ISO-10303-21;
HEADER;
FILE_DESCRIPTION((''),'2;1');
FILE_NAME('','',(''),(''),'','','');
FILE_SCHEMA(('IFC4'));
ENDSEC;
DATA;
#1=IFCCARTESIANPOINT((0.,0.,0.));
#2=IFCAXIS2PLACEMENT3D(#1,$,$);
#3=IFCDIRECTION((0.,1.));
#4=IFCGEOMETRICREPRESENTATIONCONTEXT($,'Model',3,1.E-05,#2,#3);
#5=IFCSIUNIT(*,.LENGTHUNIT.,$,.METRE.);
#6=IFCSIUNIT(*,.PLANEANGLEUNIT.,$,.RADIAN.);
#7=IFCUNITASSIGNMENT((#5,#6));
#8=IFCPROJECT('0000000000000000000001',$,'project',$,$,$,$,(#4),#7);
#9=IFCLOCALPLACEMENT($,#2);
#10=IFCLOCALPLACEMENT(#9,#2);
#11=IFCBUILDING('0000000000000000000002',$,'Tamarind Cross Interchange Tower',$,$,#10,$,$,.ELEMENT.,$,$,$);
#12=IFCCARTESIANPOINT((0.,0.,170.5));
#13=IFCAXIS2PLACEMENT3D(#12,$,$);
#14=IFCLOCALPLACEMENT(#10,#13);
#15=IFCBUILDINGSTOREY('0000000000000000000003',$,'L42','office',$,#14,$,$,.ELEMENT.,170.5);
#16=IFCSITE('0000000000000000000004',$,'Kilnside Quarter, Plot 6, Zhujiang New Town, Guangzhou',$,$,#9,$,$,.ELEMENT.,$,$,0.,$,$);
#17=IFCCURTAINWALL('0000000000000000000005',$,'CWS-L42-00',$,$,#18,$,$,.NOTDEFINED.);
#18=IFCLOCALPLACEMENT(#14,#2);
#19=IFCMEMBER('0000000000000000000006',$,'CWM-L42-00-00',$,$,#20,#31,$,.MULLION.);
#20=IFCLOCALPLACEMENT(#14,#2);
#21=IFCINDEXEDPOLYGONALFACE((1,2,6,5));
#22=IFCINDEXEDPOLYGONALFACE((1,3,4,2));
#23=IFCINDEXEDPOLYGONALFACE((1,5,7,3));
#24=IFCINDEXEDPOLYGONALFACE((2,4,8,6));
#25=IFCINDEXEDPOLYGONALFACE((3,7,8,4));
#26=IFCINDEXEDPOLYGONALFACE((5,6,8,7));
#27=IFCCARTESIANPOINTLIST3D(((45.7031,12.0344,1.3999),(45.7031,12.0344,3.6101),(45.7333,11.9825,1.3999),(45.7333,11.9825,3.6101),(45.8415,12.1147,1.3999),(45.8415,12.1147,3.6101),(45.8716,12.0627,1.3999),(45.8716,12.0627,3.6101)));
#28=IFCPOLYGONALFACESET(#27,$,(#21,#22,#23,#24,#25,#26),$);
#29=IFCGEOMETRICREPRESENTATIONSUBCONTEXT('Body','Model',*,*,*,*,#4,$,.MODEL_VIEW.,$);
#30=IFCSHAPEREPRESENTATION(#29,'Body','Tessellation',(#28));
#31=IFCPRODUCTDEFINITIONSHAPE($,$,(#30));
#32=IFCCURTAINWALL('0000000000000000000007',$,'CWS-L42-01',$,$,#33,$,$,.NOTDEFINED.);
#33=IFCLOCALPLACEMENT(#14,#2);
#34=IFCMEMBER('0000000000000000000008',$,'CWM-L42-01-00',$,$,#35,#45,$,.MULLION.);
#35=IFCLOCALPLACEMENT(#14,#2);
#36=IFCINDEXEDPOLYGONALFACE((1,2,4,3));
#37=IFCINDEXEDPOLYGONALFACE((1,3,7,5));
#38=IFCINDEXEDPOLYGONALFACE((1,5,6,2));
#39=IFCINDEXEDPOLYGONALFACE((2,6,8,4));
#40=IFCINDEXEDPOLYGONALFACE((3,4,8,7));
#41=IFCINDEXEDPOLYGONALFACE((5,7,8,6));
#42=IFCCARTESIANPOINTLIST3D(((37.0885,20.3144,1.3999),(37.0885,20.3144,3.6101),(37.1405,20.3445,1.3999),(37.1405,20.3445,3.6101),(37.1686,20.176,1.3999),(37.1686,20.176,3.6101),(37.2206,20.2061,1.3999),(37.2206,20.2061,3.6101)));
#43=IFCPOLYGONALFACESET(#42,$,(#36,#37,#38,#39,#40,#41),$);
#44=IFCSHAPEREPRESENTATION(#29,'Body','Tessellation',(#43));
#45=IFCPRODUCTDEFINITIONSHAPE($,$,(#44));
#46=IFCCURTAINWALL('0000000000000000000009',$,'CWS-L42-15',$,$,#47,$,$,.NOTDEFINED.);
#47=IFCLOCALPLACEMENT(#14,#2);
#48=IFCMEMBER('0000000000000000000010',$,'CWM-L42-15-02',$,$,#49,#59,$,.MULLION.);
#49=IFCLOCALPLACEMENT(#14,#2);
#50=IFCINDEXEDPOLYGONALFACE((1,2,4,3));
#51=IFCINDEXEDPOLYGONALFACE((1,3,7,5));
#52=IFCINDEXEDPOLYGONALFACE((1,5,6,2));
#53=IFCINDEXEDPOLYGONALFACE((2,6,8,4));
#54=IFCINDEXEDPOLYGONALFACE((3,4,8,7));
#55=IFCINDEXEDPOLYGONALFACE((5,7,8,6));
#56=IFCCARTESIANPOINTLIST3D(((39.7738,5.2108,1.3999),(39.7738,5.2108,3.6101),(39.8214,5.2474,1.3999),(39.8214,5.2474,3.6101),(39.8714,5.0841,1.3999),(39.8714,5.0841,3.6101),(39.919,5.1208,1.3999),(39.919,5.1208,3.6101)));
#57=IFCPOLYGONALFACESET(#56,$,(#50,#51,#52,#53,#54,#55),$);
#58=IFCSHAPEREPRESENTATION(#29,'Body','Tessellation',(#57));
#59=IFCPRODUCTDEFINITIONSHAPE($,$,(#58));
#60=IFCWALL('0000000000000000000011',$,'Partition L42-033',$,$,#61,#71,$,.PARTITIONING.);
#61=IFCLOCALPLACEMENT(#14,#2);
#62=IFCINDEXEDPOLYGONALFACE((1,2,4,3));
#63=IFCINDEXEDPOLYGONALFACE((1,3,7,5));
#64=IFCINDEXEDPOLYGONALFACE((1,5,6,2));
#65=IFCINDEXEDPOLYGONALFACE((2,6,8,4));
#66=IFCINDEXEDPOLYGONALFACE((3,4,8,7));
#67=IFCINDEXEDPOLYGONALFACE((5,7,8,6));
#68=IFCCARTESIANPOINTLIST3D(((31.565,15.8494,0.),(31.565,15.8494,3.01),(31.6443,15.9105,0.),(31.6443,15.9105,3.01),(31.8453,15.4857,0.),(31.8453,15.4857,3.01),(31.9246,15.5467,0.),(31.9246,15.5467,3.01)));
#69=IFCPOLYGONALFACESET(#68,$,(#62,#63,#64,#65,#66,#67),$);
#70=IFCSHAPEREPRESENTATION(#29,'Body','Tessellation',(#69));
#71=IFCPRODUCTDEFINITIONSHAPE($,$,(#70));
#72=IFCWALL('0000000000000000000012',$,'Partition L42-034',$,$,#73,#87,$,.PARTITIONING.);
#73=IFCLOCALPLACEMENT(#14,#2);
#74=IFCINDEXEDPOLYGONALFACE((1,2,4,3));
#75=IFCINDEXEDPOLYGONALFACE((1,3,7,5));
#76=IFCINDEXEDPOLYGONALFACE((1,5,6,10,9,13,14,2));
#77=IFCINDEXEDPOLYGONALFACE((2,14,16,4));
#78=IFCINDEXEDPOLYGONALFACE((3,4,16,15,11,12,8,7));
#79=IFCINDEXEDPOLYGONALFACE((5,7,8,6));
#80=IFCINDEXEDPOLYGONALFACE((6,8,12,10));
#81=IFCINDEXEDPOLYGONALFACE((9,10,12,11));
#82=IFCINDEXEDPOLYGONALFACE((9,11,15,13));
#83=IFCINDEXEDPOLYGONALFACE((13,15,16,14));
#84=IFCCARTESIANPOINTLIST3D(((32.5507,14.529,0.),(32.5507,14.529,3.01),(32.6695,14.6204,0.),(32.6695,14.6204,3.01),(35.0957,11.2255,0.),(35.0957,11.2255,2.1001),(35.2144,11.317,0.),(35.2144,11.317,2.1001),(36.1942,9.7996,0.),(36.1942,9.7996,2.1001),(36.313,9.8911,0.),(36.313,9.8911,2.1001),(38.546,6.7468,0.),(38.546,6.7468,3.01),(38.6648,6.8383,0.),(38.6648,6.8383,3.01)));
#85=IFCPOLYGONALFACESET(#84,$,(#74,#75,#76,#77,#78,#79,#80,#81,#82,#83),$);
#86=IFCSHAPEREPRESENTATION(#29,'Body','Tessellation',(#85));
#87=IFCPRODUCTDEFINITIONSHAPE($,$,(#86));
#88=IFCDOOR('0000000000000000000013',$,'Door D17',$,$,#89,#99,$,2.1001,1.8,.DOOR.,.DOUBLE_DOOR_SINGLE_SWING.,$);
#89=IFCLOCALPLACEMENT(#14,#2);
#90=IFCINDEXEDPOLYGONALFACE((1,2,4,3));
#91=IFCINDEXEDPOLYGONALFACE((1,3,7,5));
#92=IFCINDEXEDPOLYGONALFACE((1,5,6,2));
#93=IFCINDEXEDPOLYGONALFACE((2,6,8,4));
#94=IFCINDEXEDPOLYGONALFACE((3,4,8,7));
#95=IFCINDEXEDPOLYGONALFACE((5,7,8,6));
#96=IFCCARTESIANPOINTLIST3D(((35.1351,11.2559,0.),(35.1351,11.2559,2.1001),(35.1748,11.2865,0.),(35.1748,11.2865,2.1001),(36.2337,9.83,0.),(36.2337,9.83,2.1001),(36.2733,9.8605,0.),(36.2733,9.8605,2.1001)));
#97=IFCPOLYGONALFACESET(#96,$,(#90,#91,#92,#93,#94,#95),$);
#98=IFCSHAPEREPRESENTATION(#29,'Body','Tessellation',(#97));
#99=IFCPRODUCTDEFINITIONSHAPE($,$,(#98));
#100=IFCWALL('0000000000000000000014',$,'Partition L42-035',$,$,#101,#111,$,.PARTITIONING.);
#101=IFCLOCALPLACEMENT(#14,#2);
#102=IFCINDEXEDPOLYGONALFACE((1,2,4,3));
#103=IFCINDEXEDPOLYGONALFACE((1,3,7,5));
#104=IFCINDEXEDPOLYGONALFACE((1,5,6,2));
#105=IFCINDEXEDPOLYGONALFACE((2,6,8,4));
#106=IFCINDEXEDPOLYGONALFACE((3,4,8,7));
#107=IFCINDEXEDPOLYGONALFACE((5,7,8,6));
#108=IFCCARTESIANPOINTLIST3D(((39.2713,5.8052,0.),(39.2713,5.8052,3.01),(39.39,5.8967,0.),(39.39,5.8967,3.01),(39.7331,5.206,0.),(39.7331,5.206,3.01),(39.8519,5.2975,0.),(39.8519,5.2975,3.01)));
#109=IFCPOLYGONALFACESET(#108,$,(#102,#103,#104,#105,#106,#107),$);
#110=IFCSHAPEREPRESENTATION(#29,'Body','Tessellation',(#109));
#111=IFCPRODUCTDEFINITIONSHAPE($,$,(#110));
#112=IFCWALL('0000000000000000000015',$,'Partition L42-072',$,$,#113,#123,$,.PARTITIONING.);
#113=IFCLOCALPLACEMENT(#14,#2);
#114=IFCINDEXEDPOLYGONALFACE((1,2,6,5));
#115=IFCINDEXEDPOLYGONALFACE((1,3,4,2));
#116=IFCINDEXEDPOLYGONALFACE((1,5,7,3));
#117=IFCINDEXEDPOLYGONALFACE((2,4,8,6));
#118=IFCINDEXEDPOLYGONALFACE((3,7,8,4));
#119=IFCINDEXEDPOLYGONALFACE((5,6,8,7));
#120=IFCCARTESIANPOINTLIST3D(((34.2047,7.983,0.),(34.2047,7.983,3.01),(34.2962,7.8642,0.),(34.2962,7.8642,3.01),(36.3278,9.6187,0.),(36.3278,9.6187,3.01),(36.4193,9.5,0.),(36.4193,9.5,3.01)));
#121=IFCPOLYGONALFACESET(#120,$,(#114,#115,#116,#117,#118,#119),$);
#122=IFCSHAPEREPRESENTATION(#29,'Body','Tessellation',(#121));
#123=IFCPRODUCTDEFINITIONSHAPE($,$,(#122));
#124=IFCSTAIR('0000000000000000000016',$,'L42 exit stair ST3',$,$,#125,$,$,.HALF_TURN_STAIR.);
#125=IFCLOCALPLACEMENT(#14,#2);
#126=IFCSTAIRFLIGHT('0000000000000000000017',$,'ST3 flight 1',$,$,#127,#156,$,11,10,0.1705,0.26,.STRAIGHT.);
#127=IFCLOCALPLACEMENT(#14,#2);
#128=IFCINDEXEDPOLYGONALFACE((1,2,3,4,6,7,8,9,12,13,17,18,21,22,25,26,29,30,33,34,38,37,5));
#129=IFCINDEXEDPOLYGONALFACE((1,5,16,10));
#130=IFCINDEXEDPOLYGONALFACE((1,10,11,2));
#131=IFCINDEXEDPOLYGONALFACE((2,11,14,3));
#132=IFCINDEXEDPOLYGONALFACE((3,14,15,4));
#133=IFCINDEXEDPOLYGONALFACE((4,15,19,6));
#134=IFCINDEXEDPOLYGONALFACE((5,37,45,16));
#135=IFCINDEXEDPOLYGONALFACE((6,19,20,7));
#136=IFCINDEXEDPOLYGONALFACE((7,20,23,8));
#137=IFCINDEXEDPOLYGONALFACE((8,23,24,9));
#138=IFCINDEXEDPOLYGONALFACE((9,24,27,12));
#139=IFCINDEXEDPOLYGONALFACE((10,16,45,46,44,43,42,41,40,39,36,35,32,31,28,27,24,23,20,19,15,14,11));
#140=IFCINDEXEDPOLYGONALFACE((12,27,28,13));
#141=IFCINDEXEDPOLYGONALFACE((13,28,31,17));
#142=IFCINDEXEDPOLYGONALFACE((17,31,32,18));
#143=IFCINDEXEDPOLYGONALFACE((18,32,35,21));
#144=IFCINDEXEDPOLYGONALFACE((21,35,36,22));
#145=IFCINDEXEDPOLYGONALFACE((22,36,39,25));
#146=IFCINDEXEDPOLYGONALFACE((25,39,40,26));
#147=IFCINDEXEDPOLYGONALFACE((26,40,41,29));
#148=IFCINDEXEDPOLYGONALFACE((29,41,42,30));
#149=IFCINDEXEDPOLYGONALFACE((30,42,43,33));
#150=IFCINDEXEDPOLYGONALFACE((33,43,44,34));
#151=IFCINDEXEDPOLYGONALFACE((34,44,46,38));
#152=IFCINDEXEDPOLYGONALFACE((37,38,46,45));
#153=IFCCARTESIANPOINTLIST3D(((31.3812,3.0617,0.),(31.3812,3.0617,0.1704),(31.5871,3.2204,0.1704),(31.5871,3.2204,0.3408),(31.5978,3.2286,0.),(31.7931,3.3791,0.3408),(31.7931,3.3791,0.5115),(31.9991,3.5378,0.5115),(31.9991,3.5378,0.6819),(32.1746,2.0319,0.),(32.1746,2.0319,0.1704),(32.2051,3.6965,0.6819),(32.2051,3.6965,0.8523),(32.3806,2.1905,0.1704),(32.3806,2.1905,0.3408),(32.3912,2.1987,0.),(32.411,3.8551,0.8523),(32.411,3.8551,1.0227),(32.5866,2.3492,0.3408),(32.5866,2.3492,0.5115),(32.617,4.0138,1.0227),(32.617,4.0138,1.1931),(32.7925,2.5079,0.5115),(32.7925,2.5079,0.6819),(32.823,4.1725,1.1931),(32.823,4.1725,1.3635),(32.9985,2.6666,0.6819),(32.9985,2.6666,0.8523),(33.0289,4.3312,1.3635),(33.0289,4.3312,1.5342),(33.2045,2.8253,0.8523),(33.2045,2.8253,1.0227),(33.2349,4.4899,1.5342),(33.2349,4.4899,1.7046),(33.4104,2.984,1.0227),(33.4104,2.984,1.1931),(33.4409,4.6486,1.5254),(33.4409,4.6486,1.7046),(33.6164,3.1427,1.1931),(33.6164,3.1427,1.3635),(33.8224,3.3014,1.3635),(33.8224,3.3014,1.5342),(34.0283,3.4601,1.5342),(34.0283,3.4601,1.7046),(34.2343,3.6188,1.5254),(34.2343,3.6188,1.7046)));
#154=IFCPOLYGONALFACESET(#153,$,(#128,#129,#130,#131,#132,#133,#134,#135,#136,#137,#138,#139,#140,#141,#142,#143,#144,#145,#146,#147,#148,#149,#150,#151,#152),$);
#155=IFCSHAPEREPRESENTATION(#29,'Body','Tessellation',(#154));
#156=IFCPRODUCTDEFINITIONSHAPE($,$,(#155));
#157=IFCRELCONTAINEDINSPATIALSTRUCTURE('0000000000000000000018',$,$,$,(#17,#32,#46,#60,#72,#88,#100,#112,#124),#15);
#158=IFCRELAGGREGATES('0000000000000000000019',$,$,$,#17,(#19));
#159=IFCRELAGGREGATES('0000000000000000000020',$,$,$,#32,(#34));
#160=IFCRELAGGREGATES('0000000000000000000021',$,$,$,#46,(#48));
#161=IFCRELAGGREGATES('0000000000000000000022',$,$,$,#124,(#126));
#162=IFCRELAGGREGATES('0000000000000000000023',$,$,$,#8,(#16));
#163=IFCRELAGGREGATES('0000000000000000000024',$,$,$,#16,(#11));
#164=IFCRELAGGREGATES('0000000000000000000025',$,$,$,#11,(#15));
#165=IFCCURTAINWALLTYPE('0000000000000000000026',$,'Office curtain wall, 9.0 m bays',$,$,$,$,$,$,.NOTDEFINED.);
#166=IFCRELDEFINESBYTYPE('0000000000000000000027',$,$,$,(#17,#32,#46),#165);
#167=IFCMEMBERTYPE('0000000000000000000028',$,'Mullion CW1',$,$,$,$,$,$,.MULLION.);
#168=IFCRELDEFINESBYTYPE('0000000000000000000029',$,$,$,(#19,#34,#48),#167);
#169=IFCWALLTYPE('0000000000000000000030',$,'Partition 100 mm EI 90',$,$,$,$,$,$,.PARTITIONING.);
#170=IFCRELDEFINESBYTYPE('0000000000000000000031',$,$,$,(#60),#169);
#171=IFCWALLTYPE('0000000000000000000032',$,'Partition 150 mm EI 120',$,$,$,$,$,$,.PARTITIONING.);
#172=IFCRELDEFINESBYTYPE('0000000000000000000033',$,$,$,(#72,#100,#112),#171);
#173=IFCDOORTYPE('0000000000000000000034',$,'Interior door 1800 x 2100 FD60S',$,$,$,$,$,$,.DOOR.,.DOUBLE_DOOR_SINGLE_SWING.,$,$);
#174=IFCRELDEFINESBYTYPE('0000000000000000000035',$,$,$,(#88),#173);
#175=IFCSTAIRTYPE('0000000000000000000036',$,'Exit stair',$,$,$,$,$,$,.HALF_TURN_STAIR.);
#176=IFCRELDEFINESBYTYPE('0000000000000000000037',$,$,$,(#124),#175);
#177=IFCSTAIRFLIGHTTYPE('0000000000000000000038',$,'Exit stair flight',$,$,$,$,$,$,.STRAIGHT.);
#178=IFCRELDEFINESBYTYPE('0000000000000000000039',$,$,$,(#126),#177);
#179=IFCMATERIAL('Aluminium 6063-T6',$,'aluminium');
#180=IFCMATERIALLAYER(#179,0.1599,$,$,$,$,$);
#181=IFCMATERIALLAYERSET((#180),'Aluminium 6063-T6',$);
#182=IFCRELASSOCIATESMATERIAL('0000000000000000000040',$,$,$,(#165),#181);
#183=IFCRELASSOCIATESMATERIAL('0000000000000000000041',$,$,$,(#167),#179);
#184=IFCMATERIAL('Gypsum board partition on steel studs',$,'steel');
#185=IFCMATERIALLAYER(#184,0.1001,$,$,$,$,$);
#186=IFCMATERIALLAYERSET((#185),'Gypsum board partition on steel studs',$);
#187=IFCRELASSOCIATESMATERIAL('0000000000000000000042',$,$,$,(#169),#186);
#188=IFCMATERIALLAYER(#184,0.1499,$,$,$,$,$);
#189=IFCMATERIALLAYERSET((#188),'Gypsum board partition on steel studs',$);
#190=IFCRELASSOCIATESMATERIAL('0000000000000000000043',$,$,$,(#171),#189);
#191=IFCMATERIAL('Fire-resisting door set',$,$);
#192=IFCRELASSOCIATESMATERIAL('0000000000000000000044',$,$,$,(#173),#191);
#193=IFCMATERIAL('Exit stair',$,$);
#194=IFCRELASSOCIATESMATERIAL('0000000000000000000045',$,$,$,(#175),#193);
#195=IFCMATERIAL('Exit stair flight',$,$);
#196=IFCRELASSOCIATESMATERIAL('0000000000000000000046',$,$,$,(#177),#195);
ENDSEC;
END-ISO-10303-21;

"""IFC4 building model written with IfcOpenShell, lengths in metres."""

from ifc_helpers import new_model, si_unit, direction, frame, frame_2d, origin, origin_2d, place, context, subcontext, project, spatial, polyline, rectangle, outline, extrude, material, layer, layer_set, material_profile, profile_set, type_object, element, fill, aggregate, save


model = new_model("IFC4")

# Units and contexts
model_context = context("Model", 3, precision=1e-05, world=origin(), true_north=direction((0.0, 1.0)))
body_context = subcontext(model_context, "Body", "Model", "MODEL_VIEW")
ifc_project = project(units=[si_unit("LENGTHUNIT", "METRE"), si_unit("PLANEANGLEUNIT", "RADIAN")], contexts=[model_context])

# Site, building, storey
site_placement = place(None, origin())
site = spatial("IfcSite", under=ifc_project, at=site_placement, Name="Kilnside Quarter, Plot 6, Zhujiang New Town, Guangzhou", CompositionType="ELEMENT", RefElevation=0.0)
building_placement = place(site_placement, origin())
building = spatial("IfcBuilding", under=site, at=building_placement, Name="Tamarind Cross Interchange Tower", CompositionType="ELEMENT")
storey_placement = place(building_placement, frame((0.0, 0.0, 170.5)))
storey = spatial("IfcBuildingStorey", under=building, at=storey_placement, Name="L42", Description="office", CompositionType="ELEMENT", Elevation=170.5)

# Curtain walls, members
ifc_material_1 = material(Name="Aluminium 6063-T6", Category="aluminium")
ifc_layer_1 = layer(ifc_material_1, 0.1599)
ifc_layer_set_1 = layer_set([ifc_layer_1], Name="Aluminium 6063-T6")
curtain_wall_type = type_object("IfcCurtainWallType", Name="Office curtain wall, 9.0 m bays", PredefinedType="NOTDEFINED", material=ifc_layer_set_1)
curtain_wall_1_placement = place(storey_placement, origin())
curtain_wall_1 = element("IfcCurtainWall", 1, at=curtain_wall_1_placement, inside=storey, type_object=curtain_wall_type, Name="CWS-L42-00", PredefinedType="NOTDEFINED")
ifc_material_profile_1 = material_profile(ifc_material_1, rectangle(XDim=0.0601, YDim=0.1599, at=origin_2d()), Name="Mullion CW1")
ifc_profile_set_1 = profile_set([ifc_material_profile_1], Name="Aluminium 6063-T6")
member_type = type_object("IfcMemberType", Name="Mullion CW1", PredefinedType="MULLION", material=ifc_profile_set_1)
member_1_placement = place(storey_placement, frame((45.7874, 12.0486, 1.3999), z_axis=(0.0, 0.0, 1.0), x_axis=(-0.501704, 0.865039, 0.0)))
member_1 = element("IfcMember", 2, at=member_1_placement, type_object=member_type, Name="CWM-L42-00-00", PredefinedType="MULLION", context=body_context, shape_type="SweptSolid", body=[
    extrude(rectangle(XDim=0.0601, YDim=0.1599, at=origin_2d()), origin(), (0.0, 0.0, 1.0), 2.2102),
])
aggregate(curtain_wall_1, [member_1])
curtain_wall_2_placement = place(storey_placement, origin())
curtain_wall_2 = element("IfcCurtainWall", 3, at=curtain_wall_2_placement, inside=storey, type_object=curtain_wall_type, Name="CWS-L42-01", PredefinedType="NOTDEFINED")
member_2_placement = place(storey_placement, frame((37.1545, 20.2603, 1.3999), z_axis=(0.0, 0.0, 1.0), x_axis=(-0.865686, -0.500588, 0.0)))
member_2 = element("IfcMember", 4, at=member_2_placement, type_object=member_type, Name="CWM-L42-01-00", PredefinedType="MULLION", context=body_context, shape_type="SweptSolid", body=[
    extrude(rectangle(XDim=0.0601, YDim=0.1599, at=origin_2d()), origin(), (0.0, 0.0, 1.0), 2.2102),
])
aggregate(curtain_wall_2, [member_2])
curtain_wall_3_placement = place(storey_placement, origin())
curtain_wall_3 = element("IfcCurtainWall", 5, at=curtain_wall_3_placement, inside=storey, type_object=curtain_wall_type, Name="CWS-L42-15", PredefinedType="NOTDEFINED")
member_3_placement = place(storey_placement, frame((39.8464, 5.1658, 1.3999), z_axis=(0.0, 0.0, 1.0), x_axis=(0.792153, 0.610322, 0.0)))
member_3 = element("IfcMember", 6, at=member_3_placement, type_object=member_type, Name="CWM-L42-15-02", PredefinedType="MULLION", context=body_context, shape_type="SweptSolid", body=[
    extrude(rectangle(XDim=0.0601, YDim=0.1599, at=origin_2d()), origin(), (0.0, 0.0, 1.0), 2.2102),
])
aggregate(curtain_wall_3, [member_3])

# Wall
ifc_material_2 = material(Name="Gypsum board partition on steel studs", Category="steel")
ifc_layer_2 = layer(ifc_material_2, 0.1001)
ifc_layer_set_2 = layer_set([ifc_layer_2], Name="Gypsum board partition on steel studs")
wall_type_1 = type_object("IfcWallType", Name="Partition 100 mm EI 90", PredefinedType="PARTITIONING", material=ifc_layer_set_2)
wall_1_placement = place(storey_placement, frame((31.6047, 15.8799, 0.0), z_axis=(0.0, 0.0, 1.0), x_axis=(0.610327, -0.792149, 0.0)))
element("IfcWall", 7, at=wall_1_placement, inside=storey, type_object=wall_type_1, Name="Partition L42-033", PredefinedType="PARTITIONING", context=body_context, shape_type="SweptSolid", body=[
    extrude(rectangle(XDim=0.4592, YDim=0.1001, at=frame_2d((0.2295, 0.0))), origin(), (0.0, 0.0, 1.0), 3.01),
])

# Wall, opening, door
ifc_layer_3 = layer(ifc_material_2, 0.1499)
ifc_layer_set_3 = layer_set([ifc_layer_3], Name="Gypsum board partition on steel studs")
wall_type_2 = type_object("IfcWallType", Name="Partition 150 mm EI 120", PredefinedType="PARTITIONING", material=ifc_layer_set_3)
wall_2_placement = place(storey_placement, frame((32.6101, 14.5747, 0.0), z_axis=(0.0, 0.0, 1.0), x_axis=(0.610288, -0.792179, 0.0)))
wall_2 = element("IfcWall", 8, at=wall_2_placement, inside=storey, type_object=wall_type_2, Name="Partition L42-034", PredefinedType="PARTITIONING", context=body_context, shape_type="SweptSolid", body=[
    extrude(rectangle(XDim=9.8237, YDim=0.1499, at=frame_2d((4.9119, 0.0))), origin(), (0.0, 0.0, 1.0), 3.01),
])
opening_placement = place(wall_2_placement, frame((4.1702, 0.0, 0.0)))
opening = element("IfcOpeningElement", 9, at=opening_placement, cuts=wall_2, PredefinedType="OPENING", context=body_context, shape_type="SweptSolid", body=[
    extrude(rectangle(XDim=1.8, YDim=2.1001, at=frame_2d((0.8999, 1.05))), frame((0.0, 0.085, 0.0), z_axis=(0.0, -1.0, 0.0), x_axis=(1.0, 0.0, 0.0)), (0.0, 0.0, 1.0), 0.1699),
])
ifc_material_3 = material(Name="Fire-resisting door set")
door_type = type_object("IfcDoorType", Name="Interior door 1800 x 2100 FD60S", OperationType="DOUBLE_DOOR_SINGLE_SWING", PredefinedType="DOOR", material=ifc_material_3)
door_placement = place(opening_placement, origin())
door = element("IfcDoor", 10, at=door_placement, inside=storey, type_object=door_type, Name="Door D17", OperationType="DOUBLE_DOOR_SINGLE_SWING", OverallHeight=2.1001, OverallWidth=1.8, PredefinedType="DOOR", context=body_context, shape_type="SweptSolid", body=[
    extrude(rectangle(XDim=1.8, YDim=2.1001, at=frame_2d((0.8999, 1.05))), frame((0.0, 0.0249, 0.0), z_axis=(0.0, -1.0, 0.0), x_axis=(1.0, 0.0, 0.0)), (0.0, 0.0, 1.0), 0.05),
])
fill(opening, door)

# Walls
wall_3_placement = place(storey_placement, frame((39.3306, 5.8511, 0.0), z_axis=(0.0, 0.0, 1.0), x_axis=(0.610428, -0.792072, 0.0)))
element("IfcWall", 11, at=wall_3_placement, inside=storey, type_object=wall_type_2, Name="Partition L42-035", PredefinedType="PARTITIONING", context=body_context, shape_type="SweptSolid", body=[
    extrude(rectangle(XDim=0.7566, YDim=0.1499, at=frame_2d((0.3784, 0.0))), origin(), (0.0, 0.0, 1.0), 3.01),
])
wall_4_placement = place(storey_placement, frame((34.2505, 7.9236, 0.0), z_axis=(0.0, 0.0, 1.0), x_axis=(0.79215, 0.610327, 0.0)))
element("IfcWall", 12, at=wall_4_placement, inside=storey, type_object=wall_type_2, Name="Partition L42-072", PredefinedType="PARTITIONING", context=body_context, shape_type="SweptSolid", body=[
    extrude(rectangle(XDim=2.6802, YDim=0.1499, at=frame_2d((1.3401, 0.0))), origin(), (0.0, 0.0, 1.0), 3.01),
])

# Stair, stair flight
ifc_material_4 = material(Name="Exit stair")
stair_type = type_object("IfcStairType", Name="Exit stair", PredefinedType="HALF_TURN_STAIR", material=ifc_material_4)
stair_placement = place(storey_placement, origin())
stair = element("IfcStair", 13, at=stair_placement, inside=storey, type_object=stair_type, Name="L42 exit stair ST3", PredefinedType="HALF_TURN_STAIR")
ifc_material_5 = material(Name="Exit stair flight")
stair_flight_type = type_object("IfcStairFlightType", Name="Exit stair flight", PredefinedType="STRAIGHT", material=ifc_material_5)
stair_flight_1_placement = place(storey_placement, frame((31.7778, 2.5469, 0.0), z_axis=(0.0, 0.0, 1.0), x_axis=(0.792153, 0.610322, 0.0)))
stair_flight_1 = element("IfcStairFlight", 14, at=stair_flight_1_placement, type_object=stair_flight_type, Name="ST3 flight 1", NumberOfRisers=11, NumberOfTreads=10, PredefinedType="STRAIGHT", RiserHeight=0.1705, TreadLength=0.26, context=body_context, shape_type="SweptSolid", body=[
    extrude(outline(polyline([(0.0, 0.0), (0.0, 0.1704), (0.26, 0.1704), (0.26, 0.3408), (0.52, 0.3408), (0.52, 0.5115), (0.78, 0.5115), (0.78, 0.6819), (1.04, 0.6819), (1.04, 0.8523), (1.3, 0.8523), (1.3, 1.0227), (1.5601, 1.0227), (1.5601, 1.1931), (1.8201, 1.1931), (1.8201, 1.3635), (2.0801, 1.3635), (2.0801, 1.5342), (2.3401, 1.5342), (2.3401, 1.7046), (2.6001, 1.7046), (2.6001, 1.875), (2.6001, 1.5254), (0.2734, 0.0), (0.0, 0.0)])), frame((0.0, 0.6499, 0.0), z_axis=(0.0, -1.0, 0.0), x_axis=(1.0, 0.0, 0.0)), (0.0, 0.0, 1.0), 1.3),
])
aggregate(stair, [stair_flight_1])

save(model, "model.ifc")
